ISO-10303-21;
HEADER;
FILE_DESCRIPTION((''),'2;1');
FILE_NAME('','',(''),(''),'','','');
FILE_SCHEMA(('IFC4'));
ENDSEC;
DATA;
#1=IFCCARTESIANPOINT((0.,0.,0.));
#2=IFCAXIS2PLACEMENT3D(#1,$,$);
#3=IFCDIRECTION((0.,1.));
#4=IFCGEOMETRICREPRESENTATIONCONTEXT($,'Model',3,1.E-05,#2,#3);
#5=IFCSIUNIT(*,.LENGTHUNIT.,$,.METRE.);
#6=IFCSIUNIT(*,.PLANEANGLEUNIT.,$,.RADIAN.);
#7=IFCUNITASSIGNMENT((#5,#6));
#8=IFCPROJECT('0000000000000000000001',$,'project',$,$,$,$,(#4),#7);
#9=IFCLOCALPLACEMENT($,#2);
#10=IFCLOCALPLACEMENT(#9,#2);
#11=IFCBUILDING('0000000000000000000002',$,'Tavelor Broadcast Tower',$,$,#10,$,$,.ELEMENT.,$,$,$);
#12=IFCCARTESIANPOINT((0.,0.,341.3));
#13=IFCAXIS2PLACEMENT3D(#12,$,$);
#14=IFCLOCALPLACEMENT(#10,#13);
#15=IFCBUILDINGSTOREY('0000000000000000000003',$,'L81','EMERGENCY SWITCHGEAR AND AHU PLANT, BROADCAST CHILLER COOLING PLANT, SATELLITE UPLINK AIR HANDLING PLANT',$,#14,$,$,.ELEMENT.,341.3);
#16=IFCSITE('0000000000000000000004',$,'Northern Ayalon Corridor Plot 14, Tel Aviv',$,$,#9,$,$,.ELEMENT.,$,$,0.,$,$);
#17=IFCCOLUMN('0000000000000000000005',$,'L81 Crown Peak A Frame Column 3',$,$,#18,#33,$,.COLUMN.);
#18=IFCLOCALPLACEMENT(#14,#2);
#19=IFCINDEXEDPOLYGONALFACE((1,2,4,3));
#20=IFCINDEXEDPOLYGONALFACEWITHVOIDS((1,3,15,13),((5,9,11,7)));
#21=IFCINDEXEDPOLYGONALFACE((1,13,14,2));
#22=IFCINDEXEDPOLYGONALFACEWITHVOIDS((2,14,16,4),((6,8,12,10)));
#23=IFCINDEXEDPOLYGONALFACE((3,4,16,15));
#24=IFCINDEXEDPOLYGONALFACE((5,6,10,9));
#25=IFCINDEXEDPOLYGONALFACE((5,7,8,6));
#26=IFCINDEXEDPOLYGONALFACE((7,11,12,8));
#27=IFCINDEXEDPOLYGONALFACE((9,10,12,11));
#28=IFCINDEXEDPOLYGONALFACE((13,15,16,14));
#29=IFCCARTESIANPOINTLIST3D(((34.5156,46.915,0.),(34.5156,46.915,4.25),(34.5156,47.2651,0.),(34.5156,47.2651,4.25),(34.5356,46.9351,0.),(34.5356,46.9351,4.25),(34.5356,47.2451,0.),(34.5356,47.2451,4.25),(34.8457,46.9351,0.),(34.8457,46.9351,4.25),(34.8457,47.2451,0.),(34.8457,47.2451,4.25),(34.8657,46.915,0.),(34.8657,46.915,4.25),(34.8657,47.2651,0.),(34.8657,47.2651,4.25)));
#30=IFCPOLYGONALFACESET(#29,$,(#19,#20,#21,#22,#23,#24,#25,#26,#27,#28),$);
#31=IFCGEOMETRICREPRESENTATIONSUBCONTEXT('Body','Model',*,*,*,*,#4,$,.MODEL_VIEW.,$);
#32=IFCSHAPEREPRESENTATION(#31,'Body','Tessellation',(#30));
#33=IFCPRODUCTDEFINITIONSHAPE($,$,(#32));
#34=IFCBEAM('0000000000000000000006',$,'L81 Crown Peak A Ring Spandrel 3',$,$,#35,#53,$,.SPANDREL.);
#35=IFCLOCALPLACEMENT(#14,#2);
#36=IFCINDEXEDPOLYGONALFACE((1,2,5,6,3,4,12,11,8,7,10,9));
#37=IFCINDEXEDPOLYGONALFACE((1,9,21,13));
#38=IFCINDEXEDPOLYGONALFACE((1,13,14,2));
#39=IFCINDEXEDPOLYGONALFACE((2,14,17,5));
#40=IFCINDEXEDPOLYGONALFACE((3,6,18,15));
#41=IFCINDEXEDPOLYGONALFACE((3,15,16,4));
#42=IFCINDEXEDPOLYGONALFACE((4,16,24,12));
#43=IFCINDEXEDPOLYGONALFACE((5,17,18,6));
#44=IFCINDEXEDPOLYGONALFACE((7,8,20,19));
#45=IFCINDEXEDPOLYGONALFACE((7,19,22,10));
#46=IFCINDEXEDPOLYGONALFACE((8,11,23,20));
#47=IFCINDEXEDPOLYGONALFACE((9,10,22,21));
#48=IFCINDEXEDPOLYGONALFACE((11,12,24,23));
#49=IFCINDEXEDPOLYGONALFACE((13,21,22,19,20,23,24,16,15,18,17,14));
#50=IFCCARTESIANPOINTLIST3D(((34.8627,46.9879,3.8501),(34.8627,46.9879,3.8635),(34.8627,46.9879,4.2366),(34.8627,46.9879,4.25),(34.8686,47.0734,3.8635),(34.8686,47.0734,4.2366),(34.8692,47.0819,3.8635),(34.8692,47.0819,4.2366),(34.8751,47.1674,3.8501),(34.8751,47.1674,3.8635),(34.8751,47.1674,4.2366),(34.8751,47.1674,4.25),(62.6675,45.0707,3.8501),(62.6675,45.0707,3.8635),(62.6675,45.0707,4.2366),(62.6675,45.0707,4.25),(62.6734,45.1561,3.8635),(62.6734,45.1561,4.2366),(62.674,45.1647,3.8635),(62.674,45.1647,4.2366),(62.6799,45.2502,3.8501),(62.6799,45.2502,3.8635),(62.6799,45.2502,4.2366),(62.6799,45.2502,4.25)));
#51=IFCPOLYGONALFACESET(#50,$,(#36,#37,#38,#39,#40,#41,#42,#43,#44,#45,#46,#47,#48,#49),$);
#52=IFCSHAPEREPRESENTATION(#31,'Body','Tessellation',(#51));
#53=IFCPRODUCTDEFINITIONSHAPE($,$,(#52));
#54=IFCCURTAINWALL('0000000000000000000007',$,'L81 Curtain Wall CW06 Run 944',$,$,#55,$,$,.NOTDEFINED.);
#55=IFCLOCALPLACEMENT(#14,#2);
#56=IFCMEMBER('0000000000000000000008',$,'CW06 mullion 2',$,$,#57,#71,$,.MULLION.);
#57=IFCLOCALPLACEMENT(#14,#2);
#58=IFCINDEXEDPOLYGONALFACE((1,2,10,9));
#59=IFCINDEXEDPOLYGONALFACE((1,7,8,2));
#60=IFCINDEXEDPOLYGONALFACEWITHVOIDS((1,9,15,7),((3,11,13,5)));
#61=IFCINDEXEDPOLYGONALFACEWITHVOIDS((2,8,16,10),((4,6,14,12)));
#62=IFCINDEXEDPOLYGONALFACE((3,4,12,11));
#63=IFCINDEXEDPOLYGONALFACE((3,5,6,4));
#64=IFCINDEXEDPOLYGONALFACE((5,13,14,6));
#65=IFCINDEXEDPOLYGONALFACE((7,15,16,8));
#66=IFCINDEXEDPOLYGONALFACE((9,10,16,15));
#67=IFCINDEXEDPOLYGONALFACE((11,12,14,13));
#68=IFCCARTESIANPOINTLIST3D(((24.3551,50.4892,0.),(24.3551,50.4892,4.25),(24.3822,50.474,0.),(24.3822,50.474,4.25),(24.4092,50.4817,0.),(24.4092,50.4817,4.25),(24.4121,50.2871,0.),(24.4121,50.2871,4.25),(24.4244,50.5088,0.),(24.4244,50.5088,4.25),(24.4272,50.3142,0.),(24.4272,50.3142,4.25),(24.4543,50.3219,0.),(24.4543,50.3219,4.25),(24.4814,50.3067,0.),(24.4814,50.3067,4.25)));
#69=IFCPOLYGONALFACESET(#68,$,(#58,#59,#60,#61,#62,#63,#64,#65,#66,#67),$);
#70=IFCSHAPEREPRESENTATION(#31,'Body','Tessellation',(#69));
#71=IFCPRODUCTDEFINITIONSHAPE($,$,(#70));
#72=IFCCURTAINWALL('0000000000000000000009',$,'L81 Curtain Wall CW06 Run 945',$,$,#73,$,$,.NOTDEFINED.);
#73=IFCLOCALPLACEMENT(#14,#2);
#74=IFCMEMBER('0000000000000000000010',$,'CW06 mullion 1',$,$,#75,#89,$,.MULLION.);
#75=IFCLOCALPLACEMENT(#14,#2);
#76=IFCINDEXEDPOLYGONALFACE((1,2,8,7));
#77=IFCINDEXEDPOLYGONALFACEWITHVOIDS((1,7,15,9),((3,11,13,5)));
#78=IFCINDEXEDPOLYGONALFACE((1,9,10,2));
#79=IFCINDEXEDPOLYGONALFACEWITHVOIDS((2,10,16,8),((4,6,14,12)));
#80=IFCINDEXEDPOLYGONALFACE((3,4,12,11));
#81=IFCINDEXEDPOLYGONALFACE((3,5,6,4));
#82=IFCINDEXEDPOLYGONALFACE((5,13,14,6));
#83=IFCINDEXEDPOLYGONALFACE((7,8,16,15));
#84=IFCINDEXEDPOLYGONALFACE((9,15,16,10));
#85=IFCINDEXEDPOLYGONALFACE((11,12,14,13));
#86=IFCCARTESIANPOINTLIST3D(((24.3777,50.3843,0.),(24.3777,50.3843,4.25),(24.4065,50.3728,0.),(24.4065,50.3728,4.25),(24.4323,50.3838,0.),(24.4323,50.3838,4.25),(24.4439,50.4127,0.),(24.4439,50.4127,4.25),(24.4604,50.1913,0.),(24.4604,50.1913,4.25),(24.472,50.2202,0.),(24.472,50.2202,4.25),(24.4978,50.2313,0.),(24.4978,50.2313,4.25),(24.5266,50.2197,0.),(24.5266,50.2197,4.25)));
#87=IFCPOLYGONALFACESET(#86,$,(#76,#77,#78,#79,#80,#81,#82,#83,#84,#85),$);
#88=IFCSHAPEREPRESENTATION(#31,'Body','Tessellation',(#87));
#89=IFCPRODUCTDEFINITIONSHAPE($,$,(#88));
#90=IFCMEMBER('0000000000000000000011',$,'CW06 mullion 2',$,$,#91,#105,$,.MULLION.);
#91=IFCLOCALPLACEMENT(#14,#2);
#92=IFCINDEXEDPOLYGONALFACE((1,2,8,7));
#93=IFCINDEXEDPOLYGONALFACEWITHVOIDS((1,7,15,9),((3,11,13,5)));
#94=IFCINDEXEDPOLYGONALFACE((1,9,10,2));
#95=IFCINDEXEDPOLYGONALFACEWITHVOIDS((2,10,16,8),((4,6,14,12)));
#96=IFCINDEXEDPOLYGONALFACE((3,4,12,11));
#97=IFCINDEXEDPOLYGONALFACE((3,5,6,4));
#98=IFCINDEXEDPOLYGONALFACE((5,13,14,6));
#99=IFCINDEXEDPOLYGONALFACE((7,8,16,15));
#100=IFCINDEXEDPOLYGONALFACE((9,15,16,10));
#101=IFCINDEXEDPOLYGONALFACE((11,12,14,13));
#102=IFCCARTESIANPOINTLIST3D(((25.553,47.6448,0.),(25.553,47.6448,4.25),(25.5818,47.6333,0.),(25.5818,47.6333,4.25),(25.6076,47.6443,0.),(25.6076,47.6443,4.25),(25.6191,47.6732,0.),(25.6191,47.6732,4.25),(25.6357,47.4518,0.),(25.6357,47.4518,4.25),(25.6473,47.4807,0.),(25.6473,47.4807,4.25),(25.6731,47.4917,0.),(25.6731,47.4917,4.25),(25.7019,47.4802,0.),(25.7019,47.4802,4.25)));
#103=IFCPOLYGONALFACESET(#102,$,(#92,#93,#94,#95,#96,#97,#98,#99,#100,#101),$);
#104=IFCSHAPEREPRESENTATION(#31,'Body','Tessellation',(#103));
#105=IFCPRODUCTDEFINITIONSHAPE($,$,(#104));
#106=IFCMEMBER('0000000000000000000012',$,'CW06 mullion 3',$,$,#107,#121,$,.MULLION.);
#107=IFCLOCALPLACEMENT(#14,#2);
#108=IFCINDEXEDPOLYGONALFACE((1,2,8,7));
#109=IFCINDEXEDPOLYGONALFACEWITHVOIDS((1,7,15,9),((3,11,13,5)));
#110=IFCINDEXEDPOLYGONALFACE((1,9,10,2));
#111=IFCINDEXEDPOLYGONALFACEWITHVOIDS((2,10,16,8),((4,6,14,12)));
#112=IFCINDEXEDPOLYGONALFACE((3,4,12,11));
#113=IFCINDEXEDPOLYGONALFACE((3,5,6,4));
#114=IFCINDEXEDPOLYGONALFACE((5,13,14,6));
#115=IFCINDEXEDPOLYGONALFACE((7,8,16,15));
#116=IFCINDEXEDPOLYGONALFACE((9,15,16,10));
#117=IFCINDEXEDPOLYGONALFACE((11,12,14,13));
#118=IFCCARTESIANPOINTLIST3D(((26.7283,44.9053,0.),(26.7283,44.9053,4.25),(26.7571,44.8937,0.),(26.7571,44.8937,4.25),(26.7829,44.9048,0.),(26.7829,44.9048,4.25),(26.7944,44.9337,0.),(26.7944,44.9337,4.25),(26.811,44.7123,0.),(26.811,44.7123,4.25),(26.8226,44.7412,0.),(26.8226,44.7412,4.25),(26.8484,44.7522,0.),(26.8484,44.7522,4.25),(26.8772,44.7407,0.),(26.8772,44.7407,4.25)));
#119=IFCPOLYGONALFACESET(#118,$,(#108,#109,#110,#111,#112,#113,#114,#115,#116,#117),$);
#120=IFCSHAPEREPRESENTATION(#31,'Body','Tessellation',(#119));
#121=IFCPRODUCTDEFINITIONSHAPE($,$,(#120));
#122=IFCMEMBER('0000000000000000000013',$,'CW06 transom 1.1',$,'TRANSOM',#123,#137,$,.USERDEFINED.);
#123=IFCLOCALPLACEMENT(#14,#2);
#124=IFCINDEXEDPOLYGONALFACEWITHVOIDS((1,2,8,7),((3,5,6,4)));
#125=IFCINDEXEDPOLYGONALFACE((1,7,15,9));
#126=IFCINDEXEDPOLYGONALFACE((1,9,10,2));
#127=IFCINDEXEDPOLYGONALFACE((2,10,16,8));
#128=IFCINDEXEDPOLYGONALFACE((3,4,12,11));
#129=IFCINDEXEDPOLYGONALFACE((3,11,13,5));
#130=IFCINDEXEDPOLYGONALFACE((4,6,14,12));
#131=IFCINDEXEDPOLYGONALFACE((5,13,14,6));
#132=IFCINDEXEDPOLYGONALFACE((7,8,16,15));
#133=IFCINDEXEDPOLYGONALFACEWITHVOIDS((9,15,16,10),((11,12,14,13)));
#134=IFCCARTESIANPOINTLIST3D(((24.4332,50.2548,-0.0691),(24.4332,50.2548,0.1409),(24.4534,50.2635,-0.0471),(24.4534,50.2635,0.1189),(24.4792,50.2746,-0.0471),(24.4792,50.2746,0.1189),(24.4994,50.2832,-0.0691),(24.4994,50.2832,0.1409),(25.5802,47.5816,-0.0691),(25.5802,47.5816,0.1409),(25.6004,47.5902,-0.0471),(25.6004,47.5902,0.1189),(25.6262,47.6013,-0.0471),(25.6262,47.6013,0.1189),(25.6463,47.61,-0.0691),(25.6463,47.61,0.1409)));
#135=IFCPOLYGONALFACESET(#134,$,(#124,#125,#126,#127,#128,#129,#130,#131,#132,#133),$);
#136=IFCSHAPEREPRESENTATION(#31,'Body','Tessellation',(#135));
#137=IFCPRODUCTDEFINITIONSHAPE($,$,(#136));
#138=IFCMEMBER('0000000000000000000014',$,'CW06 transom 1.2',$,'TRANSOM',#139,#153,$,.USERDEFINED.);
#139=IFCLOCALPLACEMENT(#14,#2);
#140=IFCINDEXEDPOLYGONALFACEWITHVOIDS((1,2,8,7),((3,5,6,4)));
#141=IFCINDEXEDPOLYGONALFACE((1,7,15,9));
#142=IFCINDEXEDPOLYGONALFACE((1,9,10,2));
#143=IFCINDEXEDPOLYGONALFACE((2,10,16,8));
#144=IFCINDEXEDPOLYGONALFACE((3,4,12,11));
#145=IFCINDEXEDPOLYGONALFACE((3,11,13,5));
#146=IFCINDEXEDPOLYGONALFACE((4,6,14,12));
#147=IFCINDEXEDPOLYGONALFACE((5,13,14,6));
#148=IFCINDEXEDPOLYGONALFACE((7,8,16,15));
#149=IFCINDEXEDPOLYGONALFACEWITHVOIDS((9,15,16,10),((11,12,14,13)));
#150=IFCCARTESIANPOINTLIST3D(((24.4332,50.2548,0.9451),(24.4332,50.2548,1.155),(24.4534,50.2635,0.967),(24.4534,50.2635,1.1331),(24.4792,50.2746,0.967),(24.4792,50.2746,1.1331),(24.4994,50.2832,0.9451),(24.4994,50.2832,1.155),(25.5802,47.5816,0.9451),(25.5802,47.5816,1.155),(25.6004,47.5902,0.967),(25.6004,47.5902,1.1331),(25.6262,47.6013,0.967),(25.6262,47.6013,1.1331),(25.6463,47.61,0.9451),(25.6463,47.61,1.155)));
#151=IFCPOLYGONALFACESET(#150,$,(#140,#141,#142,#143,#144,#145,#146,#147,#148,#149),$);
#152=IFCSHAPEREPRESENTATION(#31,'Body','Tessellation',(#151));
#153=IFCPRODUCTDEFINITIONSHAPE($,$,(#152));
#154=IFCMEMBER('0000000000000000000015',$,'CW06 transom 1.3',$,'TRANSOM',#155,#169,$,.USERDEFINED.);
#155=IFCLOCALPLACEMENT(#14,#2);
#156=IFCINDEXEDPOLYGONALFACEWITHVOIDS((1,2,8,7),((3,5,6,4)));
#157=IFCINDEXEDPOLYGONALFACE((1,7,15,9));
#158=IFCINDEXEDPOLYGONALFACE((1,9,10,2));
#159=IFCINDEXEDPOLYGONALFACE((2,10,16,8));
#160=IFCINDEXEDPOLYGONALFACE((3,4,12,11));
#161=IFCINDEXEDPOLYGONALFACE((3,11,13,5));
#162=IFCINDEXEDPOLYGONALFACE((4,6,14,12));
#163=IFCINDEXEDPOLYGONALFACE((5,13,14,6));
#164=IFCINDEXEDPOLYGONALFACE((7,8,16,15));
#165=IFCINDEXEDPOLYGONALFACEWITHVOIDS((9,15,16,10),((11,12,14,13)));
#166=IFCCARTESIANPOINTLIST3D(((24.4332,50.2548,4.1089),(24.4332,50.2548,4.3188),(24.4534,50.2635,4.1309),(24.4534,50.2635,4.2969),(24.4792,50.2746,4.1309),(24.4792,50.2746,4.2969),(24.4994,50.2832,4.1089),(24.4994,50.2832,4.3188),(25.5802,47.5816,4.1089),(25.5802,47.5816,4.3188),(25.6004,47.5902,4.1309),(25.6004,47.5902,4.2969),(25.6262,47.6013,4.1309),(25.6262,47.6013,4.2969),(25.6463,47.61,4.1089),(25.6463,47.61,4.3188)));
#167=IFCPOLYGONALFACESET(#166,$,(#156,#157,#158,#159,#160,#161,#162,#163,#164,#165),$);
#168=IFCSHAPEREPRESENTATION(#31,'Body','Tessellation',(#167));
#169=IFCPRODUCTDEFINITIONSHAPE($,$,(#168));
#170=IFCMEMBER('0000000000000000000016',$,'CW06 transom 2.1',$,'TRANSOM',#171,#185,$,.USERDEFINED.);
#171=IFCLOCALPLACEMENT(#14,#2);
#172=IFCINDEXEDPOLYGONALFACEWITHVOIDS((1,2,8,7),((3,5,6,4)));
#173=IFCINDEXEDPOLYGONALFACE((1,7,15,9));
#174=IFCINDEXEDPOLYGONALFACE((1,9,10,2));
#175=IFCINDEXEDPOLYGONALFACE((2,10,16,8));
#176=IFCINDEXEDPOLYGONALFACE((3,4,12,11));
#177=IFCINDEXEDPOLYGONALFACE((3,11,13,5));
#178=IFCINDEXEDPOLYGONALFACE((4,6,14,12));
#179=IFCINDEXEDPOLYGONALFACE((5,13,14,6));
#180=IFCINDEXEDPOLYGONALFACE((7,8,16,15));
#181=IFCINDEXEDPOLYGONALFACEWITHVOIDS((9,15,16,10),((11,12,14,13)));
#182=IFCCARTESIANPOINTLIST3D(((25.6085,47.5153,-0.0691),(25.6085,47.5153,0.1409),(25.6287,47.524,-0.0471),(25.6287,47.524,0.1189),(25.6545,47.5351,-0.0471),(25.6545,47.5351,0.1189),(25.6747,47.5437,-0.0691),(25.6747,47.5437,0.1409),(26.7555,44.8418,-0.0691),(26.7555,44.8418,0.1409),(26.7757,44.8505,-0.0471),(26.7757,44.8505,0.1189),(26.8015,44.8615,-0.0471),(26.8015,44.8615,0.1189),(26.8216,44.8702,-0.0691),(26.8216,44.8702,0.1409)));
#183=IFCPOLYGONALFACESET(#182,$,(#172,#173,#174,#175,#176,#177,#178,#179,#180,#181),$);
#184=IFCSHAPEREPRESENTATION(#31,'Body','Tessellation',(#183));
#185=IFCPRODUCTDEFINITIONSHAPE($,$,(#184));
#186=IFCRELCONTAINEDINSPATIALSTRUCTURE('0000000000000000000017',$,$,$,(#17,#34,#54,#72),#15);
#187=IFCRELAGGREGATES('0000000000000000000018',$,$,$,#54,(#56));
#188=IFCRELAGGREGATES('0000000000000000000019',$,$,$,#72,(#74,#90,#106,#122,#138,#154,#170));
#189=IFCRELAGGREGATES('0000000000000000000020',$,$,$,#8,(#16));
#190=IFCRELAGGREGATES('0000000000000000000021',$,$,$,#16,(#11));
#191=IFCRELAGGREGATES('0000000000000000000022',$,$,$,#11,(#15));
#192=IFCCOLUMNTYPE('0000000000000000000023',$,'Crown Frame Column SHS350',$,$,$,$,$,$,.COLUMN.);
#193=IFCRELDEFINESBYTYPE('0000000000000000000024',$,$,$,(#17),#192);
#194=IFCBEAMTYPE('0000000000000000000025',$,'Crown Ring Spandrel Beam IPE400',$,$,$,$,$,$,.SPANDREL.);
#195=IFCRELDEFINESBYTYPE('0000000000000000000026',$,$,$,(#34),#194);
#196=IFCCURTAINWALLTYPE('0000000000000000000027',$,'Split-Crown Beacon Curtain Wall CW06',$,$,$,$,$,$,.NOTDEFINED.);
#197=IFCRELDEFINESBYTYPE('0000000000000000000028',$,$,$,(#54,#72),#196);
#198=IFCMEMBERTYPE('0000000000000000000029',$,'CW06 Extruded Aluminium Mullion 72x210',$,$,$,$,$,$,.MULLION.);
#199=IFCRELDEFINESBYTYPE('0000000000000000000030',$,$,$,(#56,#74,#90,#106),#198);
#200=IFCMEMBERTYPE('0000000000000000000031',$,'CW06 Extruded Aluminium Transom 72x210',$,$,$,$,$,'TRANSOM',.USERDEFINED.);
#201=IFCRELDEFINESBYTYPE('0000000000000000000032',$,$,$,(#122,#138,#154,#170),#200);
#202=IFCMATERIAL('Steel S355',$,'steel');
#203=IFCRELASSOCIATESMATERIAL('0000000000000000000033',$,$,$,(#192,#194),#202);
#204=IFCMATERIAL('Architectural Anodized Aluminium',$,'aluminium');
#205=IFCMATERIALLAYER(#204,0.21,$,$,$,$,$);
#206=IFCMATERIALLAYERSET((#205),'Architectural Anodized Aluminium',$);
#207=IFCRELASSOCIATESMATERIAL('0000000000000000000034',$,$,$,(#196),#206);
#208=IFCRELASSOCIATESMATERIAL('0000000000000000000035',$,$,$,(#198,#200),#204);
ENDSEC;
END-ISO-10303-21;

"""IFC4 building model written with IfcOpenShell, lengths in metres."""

from ifc_helpers import new_model, si_unit, direction, frame, origin, origin_2d, place, context, subcontext, project, spatial, hollow_rectangle, i_section, extrude, source, transform, mapped, material, layer, layer_set, material_profile, profile_set, type_object, type_shapes, element, aggregate, save


model = new_model("IFC4")

# Units and contexts
model_context = context("Model", 3, precision=1e-05, world=origin(), true_north=direction((0.0, 1.0)))
body_context = subcontext(model_context, "Body", "Model", "MODEL_VIEW")
ifc_project = project(units=[si_unit("LENGTHUNIT", "METRE"), si_unit("PLANEANGLEUNIT", "RADIAN")], contexts=[model_context])

# Site, building, storey
site_placement = place(None, origin())
site = spatial("IfcSite", under=ifc_project, at=site_placement, Name="Northern Ayalon Corridor Plot 14, Tel Aviv", CompositionType="ELEMENT", RefElevation=0.0)
building_placement = place(site_placement, origin())
building = spatial("IfcBuilding", under=site, at=building_placement, Name="Tavelor Broadcast Tower", CompositionType="ELEMENT")
storey_placement = place(building_placement, frame((0.0, 0.0, 341.3)))
storey = spatial("IfcBuildingStorey", under=building, at=storey_placement, Name="L81", Description="EMERGENCY SWITCHGEAR AND AHU PLANT, BROADCAST CHILLER COOLING PLANT, SATELLITE UPLINK AIR HANDLING PLANT", CompositionType="ELEMENT", Elevation=341.3)

# Column
ifc_material_1 = material(Name="Steel S355", Category="steel")
ifc_material_profile_1 = material_profile(ifc_material_1, hollow_rectangle(XDim=0.3501, YDim=0.3501, WallThickness=0.02, at=origin_2d()), Name="SHS 350x350x20")
ifc_profile_set_1 = profile_set([ifc_material_profile_1], Name="Steel S355")
column_type = type_object("IfcColumnType", Name="Crown Frame Column SHS350", PredefinedType="COLUMN", material=ifc_profile_set_1)
column_placement = place(storey_placement, frame((34.6907, 47.0901, 0.0), z_axis=(0.0, 0.0, 1.0), x_axis=(1.0, 0.0, 0.0)))
element("IfcColumn", 1, at=column_placement, inside=storey, type_object=column_type, Name="L81 Crown Peak A Frame Column 3", PredefinedType="COLUMN", context=body_context, shape_type="SweptSolid", body=[
    extrude(hollow_rectangle(XDim=0.3501, YDim=0.3501, WallThickness=0.02, at=origin_2d()), origin(), (0.0, 0.0, 1.0), 4.25),
])

# Beam
ifc_material_profile_2 = material_profile(ifc_material_1, i_section(OverallWidth=0.1799, OverallDepth=0.3999, WebThickness=0.0085, FlangeThickness=0.0134, at=origin_2d()), Name="IPE 400")
ifc_profile_set_2 = profile_set([ifc_material_profile_2], Name="Steel S355")
beam_type = type_object("IfcBeamType", Name="Crown Ring Spandrel Beam IPE400", PredefinedType="SPANDREL", material=ifc_profile_set_2)
beam_placement = place(storey_placement, frame((34.8689, 47.0776, 4.05), z_axis=(0.997631, -0.06879, 0.0), x_axis=(0.06879, 0.997631, 0.0)))
element("IfcBeam", 2, at=beam_placement, inside=storey, type_object=beam_type, Name="L81 Crown Peak A Ring Spandrel 3", PredefinedType="SPANDREL", context=body_context, shape_type="SweptSolid", body=[
    extrude(i_section(OverallWidth=0.1799, OverallDepth=0.3999, WebThickness=0.0085, FlangeThickness=0.0134, at=origin_2d()), origin(), (0.0, 0.0, 1.0), 27.8708),
])

# Curtain wall, member
ifc_material_2 = material(Name="Architectural Anodized Aluminium", Category="aluminium")
ifc_layer_1 = layer(ifc_material_2, 0.21)
ifc_layer_set_1 = layer_set([ifc_layer_1], Name="Architectural Anodized Aluminium")
curtain_wall_type = type_object("IfcCurtainWallType", Name="Split-Crown Beacon Curtain Wall CW06", PredefinedType="NOTDEFINED", material=ifc_layer_set_1)
curtain_wall_1_placement = place(storey_placement, origin())
curtain_wall_1 = element("IfcCurtainWall", 3, at=curtain_wall_1_placement, inside=storey, type_object=curtain_wall_type, Name="L81 Curtain Wall CW06 Run 944", PredefinedType="NOTDEFINED")
ifc_material_profile_3 = material_profile(ifc_material_2, hollow_rectangle(XDim=0.072, YDim=0.21, WallThickness=0.022, at=origin_2d()), Name="RHS 72x210x22")
ifc_profile_set_3 = profile_set([ifc_material_profile_3], Name="Architectural Anodized Aluminium")
member_type_1 = type_object("IfcMemberType", Name="CW06 Extruded Aluminium Mullion 72x210", PredefinedType="MULLION", material=ifc_profile_set_3)
shared_shape_1 = source(origin(), body_context, "Body", "SweptSolid", [
    extrude(hollow_rectangle(XDim=0.072, YDim=0.21, WallThickness=0.022, at=origin_2d()), origin(), (0.0, 0.0, 1.0), 4.25),
])
type_shapes(member_type_1, [shared_shape_1])
member_1_placement = place(storey_placement, frame((24.4182, 50.3979, 0.0), z_axis=(0.0, 0.0, 1.0), x_axis=(0.962447, 0.271468, 0.0)))
member_1 = element("IfcMember", 4, at=member_1_placement, type_object=member_type_1, Name="CW06 mullion 2", PredefinedType="MULLION", context=body_context, shape_type="MappedRepresentation", body=[
    mapped(shared_shape_1, transform((0.0, 0.0, 0.0), scale=1.0)),
])

# Curtain wall, members
curtain_wall_2_placement = place(storey_placement, origin())
curtain_wall_2 = element("IfcCurtainWall", 5, at=curtain_wall_2_placement, inside=storey, type_object=curtain_wall_type, Name="L81 Curtain Wall CW06 Run 945", PredefinedType="NOTDEFINED")
member_2_placement = place(storey_placement, frame((24.4521, 50.302, 0.0), z_axis=(0.0, 0.0, 1.0), x_axis=(0.919004, 0.394247, 0.0)))
member_2 = element("IfcMember", 6, at=member_2_placement, type_object=member_type_1, Name="CW06 mullion 1", PredefinedType="MULLION", context=body_context, shape_type="MappedRepresentation", body=[
    mapped(shared_shape_1, transform((0.0, 0.0, 0.0), scale=1.0)),
])
member_3_placement = place(storey_placement, frame((25.6274, 47.5625, 0.0), z_axis=(0.0, 0.0, 1.0), x_axis=(0.919004, 0.394247, 0.0)))
member_3 = element("IfcMember", 7, at=member_3_placement, type_object=member_type_1, Name="CW06 mullion 2", PredefinedType="MULLION", context=body_context, shape_type="MappedRepresentation", body=[
    mapped(shared_shape_1, transform((0.0, 0.0, 0.0), scale=1.0)),
])
member_4_placement = place(storey_placement, frame((26.8027, 44.823, 0.0), z_axis=(0.0, 0.0, 1.0), x_axis=(0.919004, 0.394247, 0.0)))
member_4 = element("IfcMember", 8, at=member_4_placement, type_object=member_type_1, Name="CW06 mullion 3", PredefinedType="MULLION", context=body_context, shape_type="MappedRepresentation", body=[
    mapped(shared_shape_1, transform((0.0, 0.0, 0.0), scale=1.0)),
])
ifc_material_profile_4 = material_profile(ifc_material_2, hollow_rectangle(XDim=0.072, YDim=0.21, WallThickness=0.022, at=origin_2d()), Name="RHS 72x210x22")
ifc_profile_set_4 = profile_set([ifc_material_profile_4], Name="Architectural Anodized Aluminium")
member_type_2 = type_object("IfcMemberType", Name="CW06 Extruded Aluminium Transom 72x210", ElementType="TRANSOM", PredefinedType="USERDEFINED", material=ifc_profile_set_4)
shared_shape_2 = source(origin(), body_context, "Body", "SweptSolid", [
    extrude(hollow_rectangle(XDim=0.072, YDim=0.21, WallThickness=0.022, at=origin_2d()), origin(), (0.0, 0.0, 1.0), 2.9089),
])
member_5_placement = place(storey_placement, frame((24.4663, 50.269, 0.0359), z_axis=(0.394284, -0.918989, 0.0), x_axis=(0.918989, 0.394284, 0.0)))
member_5 = element("IfcMember", 9, at=member_5_placement, type_object=member_type_2, Name="CW06 transom 1.1", ObjectType="TRANSOM", PredefinedType="USERDEFINED", context=body_context, shape_type="MappedRepresentation", body=[
    mapped(shared_shape_2, transform((0.0, 0.0, 0.0), scale=1.0)),
])
member_6_placement = place(storey_placement, frame((24.4663, 50.269, 1.05), z_axis=(0.394284, -0.918989, 0.0), x_axis=(0.918989, 0.394284, 0.0)))
member_6 = element("IfcMember", 10, at=member_6_placement, type_object=member_type_2, Name="CW06 transom 1.2", ObjectType="TRANSOM", PredefinedType="USERDEFINED", context=body_context, shape_type="MappedRepresentation", body=[
    mapped(shared_shape_2, transform((0.0, 0.0, 0.0), scale=1.0)),
])
member_7_placement = place(storey_placement, frame((24.4663, 50.269, 4.2139), z_axis=(0.394284, -0.918989, 0.0), x_axis=(0.918989, 0.394284, 0.0)))
member_7 = element("IfcMember", 11, at=member_7_placement, type_object=member_type_2, Name="CW06 transom 1.3", ObjectType="TRANSOM", PredefinedType="USERDEFINED", context=body_context, shape_type="MappedRepresentation", body=[
    mapped(shared_shape_2, transform((0.0, 0.0, 0.0), scale=1.0)),
])
shared_shape_3 = source(origin(), body_context, "Body", "SweptSolid", [
    extrude(hollow_rectangle(XDim=0.072, YDim=0.21, WallThickness=0.022, at=origin_2d()), origin(), (0.0, 0.0, 1.0), 2.9092),
])
type_shapes(member_type_2, [shared_shape_2, shared_shape_3])
member_8_placement = place(storey_placement, frame((25.6416, 47.5295, 0.0359), z_axis=(0.394254, -0.919002, 0.0), x_axis=(0.919002, 0.394254, 0.0)))
member_8 = element("IfcMember", 12, at=member_8_placement, type_object=member_type_2, Name="CW06 transom 2.1", ObjectType="TRANSOM", PredefinedType="USERDEFINED", context=body_context, shape_type="MappedRepresentation", body=[
    mapped(shared_shape_3, transform((0.0, 0.0, 0.0), scale=1.0)),
])

aggregate(curtain_wall_1, [member_1])
aggregate(curtain_wall_2, [member_2, member_3, member_4, member_5, member_6, member_7, member_8])

save(model, "model.ifc")
